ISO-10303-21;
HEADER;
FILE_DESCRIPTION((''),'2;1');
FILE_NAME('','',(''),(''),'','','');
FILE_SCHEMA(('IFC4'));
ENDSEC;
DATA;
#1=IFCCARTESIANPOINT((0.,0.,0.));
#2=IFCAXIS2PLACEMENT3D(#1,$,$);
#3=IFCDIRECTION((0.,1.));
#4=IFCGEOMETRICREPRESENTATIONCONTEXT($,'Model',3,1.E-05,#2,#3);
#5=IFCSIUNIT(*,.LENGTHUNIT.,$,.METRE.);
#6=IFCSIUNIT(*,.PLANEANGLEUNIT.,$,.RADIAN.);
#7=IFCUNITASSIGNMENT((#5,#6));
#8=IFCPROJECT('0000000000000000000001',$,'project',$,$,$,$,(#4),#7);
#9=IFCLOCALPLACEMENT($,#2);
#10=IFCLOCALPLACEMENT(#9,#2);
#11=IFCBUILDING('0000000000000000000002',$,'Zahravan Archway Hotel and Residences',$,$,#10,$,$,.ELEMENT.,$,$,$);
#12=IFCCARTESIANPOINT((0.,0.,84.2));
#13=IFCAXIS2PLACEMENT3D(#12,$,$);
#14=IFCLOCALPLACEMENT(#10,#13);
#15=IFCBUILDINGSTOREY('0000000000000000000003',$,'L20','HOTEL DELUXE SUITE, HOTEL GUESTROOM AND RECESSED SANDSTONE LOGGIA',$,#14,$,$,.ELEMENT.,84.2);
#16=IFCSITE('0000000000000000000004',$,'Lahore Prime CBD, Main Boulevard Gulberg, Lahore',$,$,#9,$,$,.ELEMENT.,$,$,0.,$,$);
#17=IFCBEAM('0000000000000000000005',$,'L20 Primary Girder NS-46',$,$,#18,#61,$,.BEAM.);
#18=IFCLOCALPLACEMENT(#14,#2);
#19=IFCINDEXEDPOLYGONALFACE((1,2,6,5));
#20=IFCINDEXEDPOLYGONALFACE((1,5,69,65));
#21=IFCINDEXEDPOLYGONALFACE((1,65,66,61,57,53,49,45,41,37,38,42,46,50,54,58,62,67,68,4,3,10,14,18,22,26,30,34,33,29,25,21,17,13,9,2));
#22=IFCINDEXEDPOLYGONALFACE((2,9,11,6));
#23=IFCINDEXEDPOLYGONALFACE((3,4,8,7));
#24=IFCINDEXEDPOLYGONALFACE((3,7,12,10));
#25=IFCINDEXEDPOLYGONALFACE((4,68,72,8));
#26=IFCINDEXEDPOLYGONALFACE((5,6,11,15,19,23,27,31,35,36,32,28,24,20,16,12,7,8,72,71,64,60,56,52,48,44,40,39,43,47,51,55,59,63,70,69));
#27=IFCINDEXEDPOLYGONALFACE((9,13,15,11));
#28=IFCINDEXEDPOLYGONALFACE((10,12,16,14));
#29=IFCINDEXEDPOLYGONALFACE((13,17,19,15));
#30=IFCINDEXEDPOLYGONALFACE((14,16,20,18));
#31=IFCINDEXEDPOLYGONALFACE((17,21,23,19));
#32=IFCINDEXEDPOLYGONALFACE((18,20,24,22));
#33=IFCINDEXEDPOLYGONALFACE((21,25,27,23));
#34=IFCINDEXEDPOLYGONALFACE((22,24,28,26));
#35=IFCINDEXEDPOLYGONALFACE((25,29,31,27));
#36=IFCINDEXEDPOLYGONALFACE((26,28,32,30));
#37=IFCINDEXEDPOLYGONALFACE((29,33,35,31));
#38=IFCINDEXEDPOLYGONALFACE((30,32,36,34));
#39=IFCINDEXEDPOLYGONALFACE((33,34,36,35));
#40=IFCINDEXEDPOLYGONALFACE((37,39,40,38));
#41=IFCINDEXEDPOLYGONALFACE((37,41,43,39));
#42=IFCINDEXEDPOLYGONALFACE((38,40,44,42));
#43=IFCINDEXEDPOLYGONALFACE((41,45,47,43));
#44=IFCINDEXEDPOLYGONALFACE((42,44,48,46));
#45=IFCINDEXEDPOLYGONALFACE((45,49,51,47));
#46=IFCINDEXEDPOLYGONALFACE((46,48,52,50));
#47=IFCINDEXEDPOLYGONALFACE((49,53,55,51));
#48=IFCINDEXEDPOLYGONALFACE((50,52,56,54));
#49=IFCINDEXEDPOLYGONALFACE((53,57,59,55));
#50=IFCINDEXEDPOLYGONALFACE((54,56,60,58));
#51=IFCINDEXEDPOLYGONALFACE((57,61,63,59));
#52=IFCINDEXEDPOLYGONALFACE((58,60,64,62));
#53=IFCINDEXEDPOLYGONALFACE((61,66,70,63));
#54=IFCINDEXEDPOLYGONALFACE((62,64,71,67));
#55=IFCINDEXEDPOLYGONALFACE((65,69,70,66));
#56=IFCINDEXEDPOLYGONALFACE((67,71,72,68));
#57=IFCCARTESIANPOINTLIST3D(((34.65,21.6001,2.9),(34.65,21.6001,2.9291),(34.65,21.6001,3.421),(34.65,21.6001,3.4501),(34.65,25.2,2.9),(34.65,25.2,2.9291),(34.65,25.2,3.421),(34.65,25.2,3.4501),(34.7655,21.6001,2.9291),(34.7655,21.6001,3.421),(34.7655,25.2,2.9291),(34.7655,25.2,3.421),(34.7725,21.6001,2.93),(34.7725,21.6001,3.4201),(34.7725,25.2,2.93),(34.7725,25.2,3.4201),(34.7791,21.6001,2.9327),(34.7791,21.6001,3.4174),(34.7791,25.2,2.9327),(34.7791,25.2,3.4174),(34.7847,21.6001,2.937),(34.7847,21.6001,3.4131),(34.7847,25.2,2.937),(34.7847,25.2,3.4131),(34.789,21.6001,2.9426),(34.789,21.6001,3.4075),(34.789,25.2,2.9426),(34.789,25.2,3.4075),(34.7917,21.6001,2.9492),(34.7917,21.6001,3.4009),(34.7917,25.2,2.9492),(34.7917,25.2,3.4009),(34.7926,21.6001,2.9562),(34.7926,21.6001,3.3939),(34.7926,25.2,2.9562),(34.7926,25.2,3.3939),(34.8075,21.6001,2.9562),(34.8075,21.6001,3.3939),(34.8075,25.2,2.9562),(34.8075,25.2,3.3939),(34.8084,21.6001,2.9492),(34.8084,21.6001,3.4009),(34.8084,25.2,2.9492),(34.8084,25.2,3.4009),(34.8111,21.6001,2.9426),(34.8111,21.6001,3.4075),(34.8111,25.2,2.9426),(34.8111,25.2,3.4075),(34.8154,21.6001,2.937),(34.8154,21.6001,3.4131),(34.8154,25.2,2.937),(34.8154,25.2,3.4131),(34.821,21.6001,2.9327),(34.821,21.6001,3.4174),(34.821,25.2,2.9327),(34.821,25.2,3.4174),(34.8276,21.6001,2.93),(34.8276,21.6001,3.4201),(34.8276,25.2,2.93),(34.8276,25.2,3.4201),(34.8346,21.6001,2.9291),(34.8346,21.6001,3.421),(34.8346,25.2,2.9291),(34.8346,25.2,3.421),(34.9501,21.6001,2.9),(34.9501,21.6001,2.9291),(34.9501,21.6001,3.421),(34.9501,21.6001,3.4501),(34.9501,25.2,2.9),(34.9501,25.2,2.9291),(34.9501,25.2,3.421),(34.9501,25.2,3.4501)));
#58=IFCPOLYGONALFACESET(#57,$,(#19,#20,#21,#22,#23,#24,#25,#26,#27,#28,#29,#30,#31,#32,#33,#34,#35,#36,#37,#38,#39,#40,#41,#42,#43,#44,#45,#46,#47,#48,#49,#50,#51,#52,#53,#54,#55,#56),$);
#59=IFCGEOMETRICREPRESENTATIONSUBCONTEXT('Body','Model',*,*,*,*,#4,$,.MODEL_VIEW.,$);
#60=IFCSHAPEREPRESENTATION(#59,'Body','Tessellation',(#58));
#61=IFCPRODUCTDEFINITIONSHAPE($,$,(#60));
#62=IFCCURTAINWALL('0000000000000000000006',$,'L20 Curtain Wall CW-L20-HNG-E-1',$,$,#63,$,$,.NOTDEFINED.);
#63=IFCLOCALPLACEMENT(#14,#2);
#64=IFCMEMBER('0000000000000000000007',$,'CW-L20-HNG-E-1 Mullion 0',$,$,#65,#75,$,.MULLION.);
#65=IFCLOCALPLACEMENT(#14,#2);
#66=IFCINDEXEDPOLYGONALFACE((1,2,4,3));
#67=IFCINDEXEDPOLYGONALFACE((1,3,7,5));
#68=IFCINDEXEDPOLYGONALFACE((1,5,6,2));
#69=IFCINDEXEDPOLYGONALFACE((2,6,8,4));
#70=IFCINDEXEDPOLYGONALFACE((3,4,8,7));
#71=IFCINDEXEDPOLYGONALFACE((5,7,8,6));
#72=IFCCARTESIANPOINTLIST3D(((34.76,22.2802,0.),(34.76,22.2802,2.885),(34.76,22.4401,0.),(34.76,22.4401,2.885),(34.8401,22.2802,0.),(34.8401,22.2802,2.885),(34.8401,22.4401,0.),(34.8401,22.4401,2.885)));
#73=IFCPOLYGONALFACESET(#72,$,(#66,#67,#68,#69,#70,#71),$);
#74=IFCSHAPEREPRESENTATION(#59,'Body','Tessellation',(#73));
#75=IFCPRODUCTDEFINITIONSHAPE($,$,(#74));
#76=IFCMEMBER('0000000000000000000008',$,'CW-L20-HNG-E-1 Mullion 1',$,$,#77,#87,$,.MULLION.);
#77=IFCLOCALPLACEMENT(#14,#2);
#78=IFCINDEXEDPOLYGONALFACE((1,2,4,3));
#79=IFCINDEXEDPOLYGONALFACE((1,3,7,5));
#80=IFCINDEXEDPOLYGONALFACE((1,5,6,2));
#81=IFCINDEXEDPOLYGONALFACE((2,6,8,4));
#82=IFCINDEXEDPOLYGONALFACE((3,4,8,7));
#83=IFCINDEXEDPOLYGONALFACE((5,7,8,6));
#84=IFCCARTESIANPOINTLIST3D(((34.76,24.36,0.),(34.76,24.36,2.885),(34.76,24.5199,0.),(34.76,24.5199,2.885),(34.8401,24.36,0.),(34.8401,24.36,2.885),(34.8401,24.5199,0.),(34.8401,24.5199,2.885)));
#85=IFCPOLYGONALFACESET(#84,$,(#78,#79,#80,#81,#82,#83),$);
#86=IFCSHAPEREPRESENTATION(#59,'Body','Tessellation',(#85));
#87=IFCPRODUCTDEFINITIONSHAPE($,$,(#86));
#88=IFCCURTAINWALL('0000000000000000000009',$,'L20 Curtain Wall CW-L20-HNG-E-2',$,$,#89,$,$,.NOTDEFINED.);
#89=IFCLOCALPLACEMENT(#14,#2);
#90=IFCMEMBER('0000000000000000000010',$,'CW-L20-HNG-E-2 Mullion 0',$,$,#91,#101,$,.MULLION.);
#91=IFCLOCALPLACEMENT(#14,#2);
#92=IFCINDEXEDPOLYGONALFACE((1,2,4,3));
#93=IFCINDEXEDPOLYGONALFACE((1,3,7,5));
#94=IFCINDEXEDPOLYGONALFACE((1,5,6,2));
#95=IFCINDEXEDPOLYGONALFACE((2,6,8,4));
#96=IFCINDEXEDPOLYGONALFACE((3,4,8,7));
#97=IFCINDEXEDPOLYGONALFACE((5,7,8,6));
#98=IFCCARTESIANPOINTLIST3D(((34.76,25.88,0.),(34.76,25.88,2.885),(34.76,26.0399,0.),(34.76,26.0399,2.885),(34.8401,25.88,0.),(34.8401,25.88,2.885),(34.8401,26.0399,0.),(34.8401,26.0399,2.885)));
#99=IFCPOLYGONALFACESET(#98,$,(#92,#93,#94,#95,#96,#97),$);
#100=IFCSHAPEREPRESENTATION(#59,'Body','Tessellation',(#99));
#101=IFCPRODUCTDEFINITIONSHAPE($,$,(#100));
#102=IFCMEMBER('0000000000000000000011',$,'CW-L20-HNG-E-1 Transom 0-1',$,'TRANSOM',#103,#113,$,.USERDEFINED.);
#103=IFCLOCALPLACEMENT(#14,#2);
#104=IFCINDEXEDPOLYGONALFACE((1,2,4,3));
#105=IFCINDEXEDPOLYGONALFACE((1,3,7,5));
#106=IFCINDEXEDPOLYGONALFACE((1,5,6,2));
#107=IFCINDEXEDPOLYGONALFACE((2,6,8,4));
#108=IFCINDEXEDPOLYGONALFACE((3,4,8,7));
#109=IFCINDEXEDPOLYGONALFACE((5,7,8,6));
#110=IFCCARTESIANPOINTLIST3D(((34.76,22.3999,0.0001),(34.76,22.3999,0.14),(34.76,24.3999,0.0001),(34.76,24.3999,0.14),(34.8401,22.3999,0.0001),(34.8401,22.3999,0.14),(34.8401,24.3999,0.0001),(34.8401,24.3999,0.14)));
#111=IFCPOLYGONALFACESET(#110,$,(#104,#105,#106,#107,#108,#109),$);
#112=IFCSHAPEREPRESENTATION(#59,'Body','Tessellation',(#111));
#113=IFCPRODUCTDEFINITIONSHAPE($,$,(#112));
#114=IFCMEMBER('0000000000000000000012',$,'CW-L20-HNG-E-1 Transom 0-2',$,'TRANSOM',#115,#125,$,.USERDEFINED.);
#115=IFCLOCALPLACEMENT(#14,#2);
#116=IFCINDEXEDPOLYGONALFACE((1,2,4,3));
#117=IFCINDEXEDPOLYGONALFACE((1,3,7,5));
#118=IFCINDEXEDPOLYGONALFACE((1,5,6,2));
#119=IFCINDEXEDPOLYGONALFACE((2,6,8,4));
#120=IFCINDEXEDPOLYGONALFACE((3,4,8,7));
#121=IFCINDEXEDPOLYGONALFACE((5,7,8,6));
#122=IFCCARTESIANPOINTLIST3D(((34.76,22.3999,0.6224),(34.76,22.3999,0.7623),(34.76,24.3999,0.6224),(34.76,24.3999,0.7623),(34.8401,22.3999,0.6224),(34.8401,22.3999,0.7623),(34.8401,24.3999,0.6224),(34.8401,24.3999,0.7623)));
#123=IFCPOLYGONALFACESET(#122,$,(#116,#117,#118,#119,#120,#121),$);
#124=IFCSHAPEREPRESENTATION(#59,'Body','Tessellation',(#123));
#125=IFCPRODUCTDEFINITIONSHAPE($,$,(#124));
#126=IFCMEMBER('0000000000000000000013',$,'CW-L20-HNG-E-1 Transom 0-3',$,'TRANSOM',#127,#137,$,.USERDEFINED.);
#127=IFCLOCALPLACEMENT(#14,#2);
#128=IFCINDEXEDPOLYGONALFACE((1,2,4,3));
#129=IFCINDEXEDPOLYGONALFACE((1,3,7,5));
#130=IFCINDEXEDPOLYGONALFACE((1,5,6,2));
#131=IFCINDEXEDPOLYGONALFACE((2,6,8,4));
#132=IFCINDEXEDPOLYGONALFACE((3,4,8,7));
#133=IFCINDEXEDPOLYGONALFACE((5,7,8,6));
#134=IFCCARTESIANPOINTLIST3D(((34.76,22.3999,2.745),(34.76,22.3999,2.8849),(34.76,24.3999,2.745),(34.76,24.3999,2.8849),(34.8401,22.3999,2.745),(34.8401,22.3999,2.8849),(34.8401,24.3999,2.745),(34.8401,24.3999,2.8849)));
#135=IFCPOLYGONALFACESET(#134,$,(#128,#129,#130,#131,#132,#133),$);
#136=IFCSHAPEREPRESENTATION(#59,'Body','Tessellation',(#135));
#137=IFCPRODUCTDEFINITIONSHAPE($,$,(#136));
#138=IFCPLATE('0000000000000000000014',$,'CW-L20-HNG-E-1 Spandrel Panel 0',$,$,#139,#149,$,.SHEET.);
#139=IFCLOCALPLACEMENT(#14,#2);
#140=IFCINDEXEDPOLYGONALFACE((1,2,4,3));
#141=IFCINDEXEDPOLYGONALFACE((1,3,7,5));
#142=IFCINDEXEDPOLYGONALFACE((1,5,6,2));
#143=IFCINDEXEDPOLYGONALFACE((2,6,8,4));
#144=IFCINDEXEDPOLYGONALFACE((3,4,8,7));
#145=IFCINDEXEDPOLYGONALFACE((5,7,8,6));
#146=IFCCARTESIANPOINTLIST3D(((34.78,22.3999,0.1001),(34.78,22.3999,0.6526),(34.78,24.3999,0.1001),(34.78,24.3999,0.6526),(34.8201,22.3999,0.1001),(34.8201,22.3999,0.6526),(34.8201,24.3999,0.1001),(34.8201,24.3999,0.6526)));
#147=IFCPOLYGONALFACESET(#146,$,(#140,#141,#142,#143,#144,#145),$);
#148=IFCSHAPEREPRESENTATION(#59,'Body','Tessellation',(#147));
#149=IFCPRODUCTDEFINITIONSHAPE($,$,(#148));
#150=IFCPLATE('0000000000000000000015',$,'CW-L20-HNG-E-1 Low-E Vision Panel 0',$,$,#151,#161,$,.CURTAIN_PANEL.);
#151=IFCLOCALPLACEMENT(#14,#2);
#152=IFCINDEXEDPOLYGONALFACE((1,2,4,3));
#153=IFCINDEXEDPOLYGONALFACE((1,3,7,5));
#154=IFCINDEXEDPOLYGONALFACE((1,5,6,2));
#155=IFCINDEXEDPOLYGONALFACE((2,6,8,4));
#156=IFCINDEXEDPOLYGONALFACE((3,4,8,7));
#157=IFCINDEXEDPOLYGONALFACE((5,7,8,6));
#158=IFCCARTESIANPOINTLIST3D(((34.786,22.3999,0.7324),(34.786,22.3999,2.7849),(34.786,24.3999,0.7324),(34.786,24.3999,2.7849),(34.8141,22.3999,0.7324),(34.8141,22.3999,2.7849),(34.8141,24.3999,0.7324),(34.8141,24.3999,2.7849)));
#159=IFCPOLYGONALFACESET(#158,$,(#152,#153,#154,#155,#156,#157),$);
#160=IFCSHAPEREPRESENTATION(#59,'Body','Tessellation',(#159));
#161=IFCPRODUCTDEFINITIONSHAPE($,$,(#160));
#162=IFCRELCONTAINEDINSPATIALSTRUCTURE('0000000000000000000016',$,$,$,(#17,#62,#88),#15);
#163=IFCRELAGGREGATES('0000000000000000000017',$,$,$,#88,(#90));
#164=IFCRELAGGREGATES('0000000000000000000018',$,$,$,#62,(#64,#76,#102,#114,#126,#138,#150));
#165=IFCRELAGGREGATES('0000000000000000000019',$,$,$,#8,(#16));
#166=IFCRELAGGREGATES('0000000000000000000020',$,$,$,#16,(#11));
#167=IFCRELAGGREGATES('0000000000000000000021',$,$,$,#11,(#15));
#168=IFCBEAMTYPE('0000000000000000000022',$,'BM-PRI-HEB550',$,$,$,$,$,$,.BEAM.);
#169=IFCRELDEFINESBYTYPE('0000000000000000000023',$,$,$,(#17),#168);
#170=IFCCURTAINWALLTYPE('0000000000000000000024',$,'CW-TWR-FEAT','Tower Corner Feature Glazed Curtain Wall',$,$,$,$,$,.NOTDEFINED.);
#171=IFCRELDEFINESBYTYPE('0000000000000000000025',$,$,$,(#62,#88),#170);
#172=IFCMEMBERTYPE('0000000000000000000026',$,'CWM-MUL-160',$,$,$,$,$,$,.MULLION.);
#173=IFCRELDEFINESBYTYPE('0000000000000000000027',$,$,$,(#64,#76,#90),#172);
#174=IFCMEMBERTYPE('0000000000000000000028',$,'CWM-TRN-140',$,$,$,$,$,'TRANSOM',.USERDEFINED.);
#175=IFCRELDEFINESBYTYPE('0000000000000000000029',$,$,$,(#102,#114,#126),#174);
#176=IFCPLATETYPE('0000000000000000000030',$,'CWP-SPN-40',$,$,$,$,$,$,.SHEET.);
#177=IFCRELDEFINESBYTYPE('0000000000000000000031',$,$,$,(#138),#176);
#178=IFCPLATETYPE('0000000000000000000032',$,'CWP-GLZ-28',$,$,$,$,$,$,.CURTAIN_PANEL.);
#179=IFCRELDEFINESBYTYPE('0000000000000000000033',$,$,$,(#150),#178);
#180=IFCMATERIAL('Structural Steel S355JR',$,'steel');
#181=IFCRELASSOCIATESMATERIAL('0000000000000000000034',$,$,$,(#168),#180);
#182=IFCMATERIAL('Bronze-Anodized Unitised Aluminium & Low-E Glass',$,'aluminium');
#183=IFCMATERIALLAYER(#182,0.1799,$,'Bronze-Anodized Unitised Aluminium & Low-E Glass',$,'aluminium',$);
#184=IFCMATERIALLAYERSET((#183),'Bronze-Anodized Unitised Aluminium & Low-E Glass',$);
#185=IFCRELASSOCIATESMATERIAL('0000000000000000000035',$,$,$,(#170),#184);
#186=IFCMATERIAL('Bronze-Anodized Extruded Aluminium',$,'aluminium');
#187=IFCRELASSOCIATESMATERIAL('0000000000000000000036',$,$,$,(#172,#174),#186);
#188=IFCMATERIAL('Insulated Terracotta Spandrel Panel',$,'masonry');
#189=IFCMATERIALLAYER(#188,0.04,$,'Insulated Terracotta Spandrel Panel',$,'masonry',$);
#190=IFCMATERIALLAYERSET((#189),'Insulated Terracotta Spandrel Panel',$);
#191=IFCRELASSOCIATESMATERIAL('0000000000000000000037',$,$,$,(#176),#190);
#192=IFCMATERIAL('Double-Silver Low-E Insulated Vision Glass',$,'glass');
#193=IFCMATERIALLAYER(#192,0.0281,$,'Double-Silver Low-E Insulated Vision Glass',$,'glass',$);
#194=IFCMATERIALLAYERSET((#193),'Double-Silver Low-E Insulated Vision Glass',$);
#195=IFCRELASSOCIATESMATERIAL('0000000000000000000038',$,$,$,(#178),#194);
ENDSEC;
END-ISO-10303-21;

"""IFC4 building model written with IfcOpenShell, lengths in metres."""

from ifc_helpers import new_model, si_unit, direction, frame, origin, origin_2d, place, context, subcontext, project, spatial, rectangle, i_section, extrude, source, transform, mapped, material, layer, layer_set, material_profile, profile_set, type_object, element, aggregate, save


model = new_model("IFC4")

# Units and contexts
model_context = context("Model", 3, precision=1e-05, world=origin(), true_north=direction((0.0, 1.0)))
body_context = subcontext(model_context, "Body", "Model", "MODEL_VIEW")
ifc_project = project(units=[si_unit("LENGTHUNIT", "METRE"), si_unit("PLANEANGLEUNIT", "RADIAN")], contexts=[model_context])

# Site, building, storey
site_placement = place(None, origin())
site = spatial("IfcSite", under=ifc_project, at=site_placement, Name="Lahore Prime CBD, Main Boulevard Gulberg, Lahore", CompositionType="ELEMENT", RefElevation=0.0)
building_placement = place(site_placement, origin())
building = spatial("IfcBuilding", under=site, at=building_placement, Name="Zahravan Archway Hotel and Residences", CompositionType="ELEMENT")
storey_placement = place(building_placement, frame((0.0, 0.0, 84.2)))
storey = spatial("IfcBuildingStorey", under=building, at=storey_placement, Name="L20", Description="HOTEL DELUXE SUITE, HOTEL GUESTROOM AND RECESSED SANDSTONE LOGGIA", CompositionType="ELEMENT", Elevation=84.2)

# Beam
ifc_material_1 = material(Name="Structural Steel S355JR", Category="steel")
ifc_material_profile_1 = material_profile(ifc_material_1, i_section(OverallWidth=0.3, OverallDepth=0.55, WebThickness=0.0149, FlangeThickness=0.0291, FilletRadius=0.0271, at=origin_2d()), Name="HEB 550", Category="steel")
ifc_profile_set_1 = profile_set([ifc_material_profile_1], Name="Structural Steel S355JR")
beam_type = type_object("IfcBeamType", Name="BM-PRI-HEB550", PredefinedType="BEAM", material=ifc_profile_set_1)
shared_shape_1 = source(origin(), body_context, "Body", "SweptSolid", [
    extrude(i_section(OverallWidth=0.3, OverallDepth=0.55, WebThickness=0.0149, FlangeThickness=0.0291, FilletRadius=0.0271, at=origin_2d()), origin(), (0.0, 0.0, 1.0), 3.5999),
])
beam_1_placement = place(storey_placement, frame((34.8, 21.6001, 3.175), z_axis=(0.0, 1.0, 0.0), x_axis=(-1.0, 0.0, 0.0)))
element("IfcBeam", 1, at=beam_1_placement, inside=storey, type_object=beam_type, Name="L20 Primary Girder NS-46", PredefinedType="BEAM", context=body_context, shape_type="MappedRepresentation", body=[
    mapped(shared_shape_1, transform((0.0, 0.0, 0.0), scale=1.0)),
])

# Curtain wall, members
ifc_material_2 = material(Name="Bronze-Anodized Unitised Aluminium & Low-E Glass", Category="aluminium")
ifc_layer_1 = layer(ifc_material_2, 0.1799, Name="Bronze-Anodized Unitised Aluminium & Low-E Glass", Category="aluminium")
ifc_layer_set_1 = layer_set([ifc_layer_1], Name="Bronze-Anodized Unitised Aluminium & Low-E Glass")
curtain_wall_type = type_object("IfcCurtainWallType", Name="CW-TWR-FEAT", Description="Tower Corner Feature Glazed Curtain Wall", PredefinedType="NOTDEFINED", material=ifc_layer_set_1)
curtain_wall_1_placement = place(storey_placement, origin())
curtain_wall_1 = element("IfcCurtainWall", 2, at=curtain_wall_1_placement, inside=storey, type_object=curtain_wall_type, Name="L20 Curtain Wall CW-L20-HNG-E-1", PredefinedType="NOTDEFINED")
ifc_material_3 = material(Name="Bronze-Anodized Extruded Aluminium", Category="aluminium")
ifc_material_profile_2 = material_profile(ifc_material_3, rectangle(XDim=0.0801, YDim=0.1599, at=origin_2d()), Name="MUL 80x160", Category="aluminium")
ifc_profile_set_2 = profile_set([ifc_material_profile_2], Name="Bronze-Anodized Extruded Aluminium")
member_type_1 = type_object("IfcMemberType", Name="CWM-MUL-160", PredefinedType="MULLION", material=ifc_profile_set_2)
shared_shape_2 = source(origin(), body_context, "Body", "SweptSolid", [
    extrude(rectangle(XDim=0.0801, YDim=0.1599, at=origin_2d()), origin(), (0.0, 0.0, 1.0), 2.885),
])
member_1_placement = place(storey_placement, frame((34.8, 22.3601, 0.0), z_axis=(0.0, 0.0, 1.0), x_axis=(1.0, 0.0, 0.0)))
member_1 = element("IfcMember", 3, at=member_1_placement, type_object=member_type_1, Name="CW-L20-HNG-E-1 Mullion 0", PredefinedType="MULLION", context=body_context, shape_type="MappedRepresentation", body=[
    mapped(shared_shape_2, transform((0.0, 0.0, 0.0), scale=1.0)),
])
member_2_placement = place(storey_placement, frame((34.8, 24.4399, 0.0), z_axis=(0.0, 0.0, 1.0), x_axis=(1.0, 0.0, 0.0)))
member_2 = element("IfcMember", 4, at=member_2_placement, type_object=member_type_1, Name="CW-L20-HNG-E-1 Mullion 1", PredefinedType="MULLION", context=body_context, shape_type="MappedRepresentation", body=[
    mapped(shared_shape_2, transform((0.0, 0.0, 0.0), scale=1.0)),
])

# Curtain wall, member
curtain_wall_2_placement = place(storey_placement, origin())
curtain_wall_2 = element("IfcCurtainWall", 5, at=curtain_wall_2_placement, inside=storey, type_object=curtain_wall_type, Name="L20 Curtain Wall CW-L20-HNG-E-2", PredefinedType="NOTDEFINED")
member_3_placement = place(storey_placement, frame((34.8, 25.96, 0.0), z_axis=(0.0, 0.0, 1.0), x_axis=(1.0, 0.0, 0.0)))
member_3 = element("IfcMember", 6, at=member_3_placement, type_object=member_type_1, Name="CW-L20-HNG-E-2 Mullion 0", PredefinedType="MULLION", context=body_context, shape_type="MappedRepresentation", body=[
    mapped(shared_shape_2, transform((0.0, 0.0, 0.0), scale=1.0)),
])
aggregate(curtain_wall_2, [member_3])

# Members
ifc_material_profile_3 = material_profile(ifc_material_3, rectangle(XDim=0.0801, YDim=0.1399, at=origin_2d()), Name="TRN 80x140", Category="aluminium")
ifc_profile_set_3 = profile_set([ifc_material_profile_3], Name="Bronze-Anodized Extruded Aluminium")
member_type_2 = type_object("IfcMemberType", Name="CWM-TRN-140", ElementType="TRANSOM", PredefinedType="USERDEFINED", material=ifc_profile_set_3)
shared_shape_3 = source(origin(), body_context, "Body", "SweptSolid", [
    extrude(rectangle(XDim=0.0801, YDim=0.1399, at=origin_2d()), origin(), (0.0, 0.0, 1.0), 2.0),
])
member_4_placement = place(storey_placement, frame((34.8, 22.3999, 0.0701), z_axis=(0.0, 1.0, 0.0), x_axis=(-1.0, 0.0, 0.0)))
member_4 = element("IfcMember", 7, at=member_4_placement, type_object=member_type_2, Name="CW-L20-HNG-E-1 Transom 0-1", ObjectType="TRANSOM", PredefinedType="USERDEFINED", context=body_context, shape_type="MappedRepresentation", body=[
    mapped(shared_shape_3, transform((0.0, 0.0, 0.0), scale=1.0)),
])
member_5_placement = place(storey_placement, frame((34.8, 22.3999, 0.6924), z_axis=(0.0, 1.0, 0.0), x_axis=(-1.0, 0.0, 0.0)))
member_5 = element("IfcMember", 8, at=member_5_placement, type_object=member_type_2, Name="CW-L20-HNG-E-1 Transom 0-2", ObjectType="TRANSOM", PredefinedType="USERDEFINED", context=body_context, shape_type="MappedRepresentation", body=[
    mapped(shared_shape_3, transform((0.0, 0.0, 0.0), scale=1.0)),
])
member_6_placement = place(storey_placement, frame((34.8, 22.3999, 2.8149), z_axis=(0.0, 1.0, 0.0), x_axis=(-1.0, 0.0, 0.0)))
member_6 = element("IfcMember", 9, at=member_6_placement, type_object=member_type_2, Name="CW-L20-HNG-E-1 Transom 0-3", ObjectType="TRANSOM", PredefinedType="USERDEFINED", context=body_context, shape_type="MappedRepresentation", body=[
    mapped(shared_shape_3, transform((0.0, 0.0, 0.0), scale=1.0)),
])

# Plates
ifc_material_4 = material(Name="Insulated Terracotta Spandrel Panel", Category="masonry")
ifc_layer_2 = layer(ifc_material_4, 0.04, Name="Insulated Terracotta Spandrel Panel", Category="masonry")
ifc_layer_set_2 = layer_set([ifc_layer_2], Name="Insulated Terracotta Spandrel Panel")
plate_type_1 = type_object("IfcPlateType", Name="CWP-SPN-40", PredefinedType="SHEET", material=ifc_layer_set_2)
shared_shape_4 = source(origin(), body_context, "Body", "SweptSolid", [
    extrude(rectangle(XDim=2.0, YDim=0.04, at=origin_2d()), origin(), (0.0, 0.0, 1.0), 0.5525),
])
plate_1_placement = place(storey_placement, frame((34.8, 23.3999, 0.1001), z_axis=(0.0, 0.0, 1.0), x_axis=(0.0, 1.0, 0.0)))
plate_1 = element("IfcPlate", 10, at=plate_1_placement, type_object=plate_type_1, Name="CW-L20-HNG-E-1 Spandrel Panel 0", PredefinedType="SHEET", context=body_context, shape_type="MappedRepresentation", body=[
    mapped(shared_shape_4, transform((0.0, 0.0, 0.0), scale=1.0)),
])
ifc_material_5 = material(Name="Double-Silver Low-E Insulated Vision Glass", Category="glass")
ifc_layer_3 = layer(ifc_material_5, 0.0281, Name="Double-Silver Low-E Insulated Vision Glass", Category="glass")
ifc_layer_set_3 = layer_set([ifc_layer_3], Name="Double-Silver Low-E Insulated Vision Glass")
plate_type_2 = type_object("IfcPlateType", Name="CWP-GLZ-28", PredefinedType="CURTAIN_PANEL", material=ifc_layer_set_3)
shared_shape_5 = source(origin(), body_context, "Body", "SweptSolid", [
    extrude(rectangle(XDim=2.0, YDim=0.0281, at=origin_2d()), origin(), (0.0, 0.0, 1.0), 2.0525),
])
plate_2_placement = place(storey_placement, frame((34.8, 23.3999, 0.7324), z_axis=(0.0, 0.0, 1.0), x_axis=(0.0, 1.0, 0.0)))
plate_2 = element("IfcPlate", 11, at=plate_2_placement, type_object=plate_type_2, Name="CW-L20-HNG-E-1 Low-E Vision Panel 0", PredefinedType="CURTAIN_PANEL", context=body_context, shape_type="MappedRepresentation", body=[
    mapped(shared_shape_5, transform((0.0, 0.0, 0.0), scale=1.0)),
])
aggregate(curtain_wall_1, [member_1, member_2, member_4, member_5, member_6, plate_1, plate_2])

save(model, "model.ifc")
